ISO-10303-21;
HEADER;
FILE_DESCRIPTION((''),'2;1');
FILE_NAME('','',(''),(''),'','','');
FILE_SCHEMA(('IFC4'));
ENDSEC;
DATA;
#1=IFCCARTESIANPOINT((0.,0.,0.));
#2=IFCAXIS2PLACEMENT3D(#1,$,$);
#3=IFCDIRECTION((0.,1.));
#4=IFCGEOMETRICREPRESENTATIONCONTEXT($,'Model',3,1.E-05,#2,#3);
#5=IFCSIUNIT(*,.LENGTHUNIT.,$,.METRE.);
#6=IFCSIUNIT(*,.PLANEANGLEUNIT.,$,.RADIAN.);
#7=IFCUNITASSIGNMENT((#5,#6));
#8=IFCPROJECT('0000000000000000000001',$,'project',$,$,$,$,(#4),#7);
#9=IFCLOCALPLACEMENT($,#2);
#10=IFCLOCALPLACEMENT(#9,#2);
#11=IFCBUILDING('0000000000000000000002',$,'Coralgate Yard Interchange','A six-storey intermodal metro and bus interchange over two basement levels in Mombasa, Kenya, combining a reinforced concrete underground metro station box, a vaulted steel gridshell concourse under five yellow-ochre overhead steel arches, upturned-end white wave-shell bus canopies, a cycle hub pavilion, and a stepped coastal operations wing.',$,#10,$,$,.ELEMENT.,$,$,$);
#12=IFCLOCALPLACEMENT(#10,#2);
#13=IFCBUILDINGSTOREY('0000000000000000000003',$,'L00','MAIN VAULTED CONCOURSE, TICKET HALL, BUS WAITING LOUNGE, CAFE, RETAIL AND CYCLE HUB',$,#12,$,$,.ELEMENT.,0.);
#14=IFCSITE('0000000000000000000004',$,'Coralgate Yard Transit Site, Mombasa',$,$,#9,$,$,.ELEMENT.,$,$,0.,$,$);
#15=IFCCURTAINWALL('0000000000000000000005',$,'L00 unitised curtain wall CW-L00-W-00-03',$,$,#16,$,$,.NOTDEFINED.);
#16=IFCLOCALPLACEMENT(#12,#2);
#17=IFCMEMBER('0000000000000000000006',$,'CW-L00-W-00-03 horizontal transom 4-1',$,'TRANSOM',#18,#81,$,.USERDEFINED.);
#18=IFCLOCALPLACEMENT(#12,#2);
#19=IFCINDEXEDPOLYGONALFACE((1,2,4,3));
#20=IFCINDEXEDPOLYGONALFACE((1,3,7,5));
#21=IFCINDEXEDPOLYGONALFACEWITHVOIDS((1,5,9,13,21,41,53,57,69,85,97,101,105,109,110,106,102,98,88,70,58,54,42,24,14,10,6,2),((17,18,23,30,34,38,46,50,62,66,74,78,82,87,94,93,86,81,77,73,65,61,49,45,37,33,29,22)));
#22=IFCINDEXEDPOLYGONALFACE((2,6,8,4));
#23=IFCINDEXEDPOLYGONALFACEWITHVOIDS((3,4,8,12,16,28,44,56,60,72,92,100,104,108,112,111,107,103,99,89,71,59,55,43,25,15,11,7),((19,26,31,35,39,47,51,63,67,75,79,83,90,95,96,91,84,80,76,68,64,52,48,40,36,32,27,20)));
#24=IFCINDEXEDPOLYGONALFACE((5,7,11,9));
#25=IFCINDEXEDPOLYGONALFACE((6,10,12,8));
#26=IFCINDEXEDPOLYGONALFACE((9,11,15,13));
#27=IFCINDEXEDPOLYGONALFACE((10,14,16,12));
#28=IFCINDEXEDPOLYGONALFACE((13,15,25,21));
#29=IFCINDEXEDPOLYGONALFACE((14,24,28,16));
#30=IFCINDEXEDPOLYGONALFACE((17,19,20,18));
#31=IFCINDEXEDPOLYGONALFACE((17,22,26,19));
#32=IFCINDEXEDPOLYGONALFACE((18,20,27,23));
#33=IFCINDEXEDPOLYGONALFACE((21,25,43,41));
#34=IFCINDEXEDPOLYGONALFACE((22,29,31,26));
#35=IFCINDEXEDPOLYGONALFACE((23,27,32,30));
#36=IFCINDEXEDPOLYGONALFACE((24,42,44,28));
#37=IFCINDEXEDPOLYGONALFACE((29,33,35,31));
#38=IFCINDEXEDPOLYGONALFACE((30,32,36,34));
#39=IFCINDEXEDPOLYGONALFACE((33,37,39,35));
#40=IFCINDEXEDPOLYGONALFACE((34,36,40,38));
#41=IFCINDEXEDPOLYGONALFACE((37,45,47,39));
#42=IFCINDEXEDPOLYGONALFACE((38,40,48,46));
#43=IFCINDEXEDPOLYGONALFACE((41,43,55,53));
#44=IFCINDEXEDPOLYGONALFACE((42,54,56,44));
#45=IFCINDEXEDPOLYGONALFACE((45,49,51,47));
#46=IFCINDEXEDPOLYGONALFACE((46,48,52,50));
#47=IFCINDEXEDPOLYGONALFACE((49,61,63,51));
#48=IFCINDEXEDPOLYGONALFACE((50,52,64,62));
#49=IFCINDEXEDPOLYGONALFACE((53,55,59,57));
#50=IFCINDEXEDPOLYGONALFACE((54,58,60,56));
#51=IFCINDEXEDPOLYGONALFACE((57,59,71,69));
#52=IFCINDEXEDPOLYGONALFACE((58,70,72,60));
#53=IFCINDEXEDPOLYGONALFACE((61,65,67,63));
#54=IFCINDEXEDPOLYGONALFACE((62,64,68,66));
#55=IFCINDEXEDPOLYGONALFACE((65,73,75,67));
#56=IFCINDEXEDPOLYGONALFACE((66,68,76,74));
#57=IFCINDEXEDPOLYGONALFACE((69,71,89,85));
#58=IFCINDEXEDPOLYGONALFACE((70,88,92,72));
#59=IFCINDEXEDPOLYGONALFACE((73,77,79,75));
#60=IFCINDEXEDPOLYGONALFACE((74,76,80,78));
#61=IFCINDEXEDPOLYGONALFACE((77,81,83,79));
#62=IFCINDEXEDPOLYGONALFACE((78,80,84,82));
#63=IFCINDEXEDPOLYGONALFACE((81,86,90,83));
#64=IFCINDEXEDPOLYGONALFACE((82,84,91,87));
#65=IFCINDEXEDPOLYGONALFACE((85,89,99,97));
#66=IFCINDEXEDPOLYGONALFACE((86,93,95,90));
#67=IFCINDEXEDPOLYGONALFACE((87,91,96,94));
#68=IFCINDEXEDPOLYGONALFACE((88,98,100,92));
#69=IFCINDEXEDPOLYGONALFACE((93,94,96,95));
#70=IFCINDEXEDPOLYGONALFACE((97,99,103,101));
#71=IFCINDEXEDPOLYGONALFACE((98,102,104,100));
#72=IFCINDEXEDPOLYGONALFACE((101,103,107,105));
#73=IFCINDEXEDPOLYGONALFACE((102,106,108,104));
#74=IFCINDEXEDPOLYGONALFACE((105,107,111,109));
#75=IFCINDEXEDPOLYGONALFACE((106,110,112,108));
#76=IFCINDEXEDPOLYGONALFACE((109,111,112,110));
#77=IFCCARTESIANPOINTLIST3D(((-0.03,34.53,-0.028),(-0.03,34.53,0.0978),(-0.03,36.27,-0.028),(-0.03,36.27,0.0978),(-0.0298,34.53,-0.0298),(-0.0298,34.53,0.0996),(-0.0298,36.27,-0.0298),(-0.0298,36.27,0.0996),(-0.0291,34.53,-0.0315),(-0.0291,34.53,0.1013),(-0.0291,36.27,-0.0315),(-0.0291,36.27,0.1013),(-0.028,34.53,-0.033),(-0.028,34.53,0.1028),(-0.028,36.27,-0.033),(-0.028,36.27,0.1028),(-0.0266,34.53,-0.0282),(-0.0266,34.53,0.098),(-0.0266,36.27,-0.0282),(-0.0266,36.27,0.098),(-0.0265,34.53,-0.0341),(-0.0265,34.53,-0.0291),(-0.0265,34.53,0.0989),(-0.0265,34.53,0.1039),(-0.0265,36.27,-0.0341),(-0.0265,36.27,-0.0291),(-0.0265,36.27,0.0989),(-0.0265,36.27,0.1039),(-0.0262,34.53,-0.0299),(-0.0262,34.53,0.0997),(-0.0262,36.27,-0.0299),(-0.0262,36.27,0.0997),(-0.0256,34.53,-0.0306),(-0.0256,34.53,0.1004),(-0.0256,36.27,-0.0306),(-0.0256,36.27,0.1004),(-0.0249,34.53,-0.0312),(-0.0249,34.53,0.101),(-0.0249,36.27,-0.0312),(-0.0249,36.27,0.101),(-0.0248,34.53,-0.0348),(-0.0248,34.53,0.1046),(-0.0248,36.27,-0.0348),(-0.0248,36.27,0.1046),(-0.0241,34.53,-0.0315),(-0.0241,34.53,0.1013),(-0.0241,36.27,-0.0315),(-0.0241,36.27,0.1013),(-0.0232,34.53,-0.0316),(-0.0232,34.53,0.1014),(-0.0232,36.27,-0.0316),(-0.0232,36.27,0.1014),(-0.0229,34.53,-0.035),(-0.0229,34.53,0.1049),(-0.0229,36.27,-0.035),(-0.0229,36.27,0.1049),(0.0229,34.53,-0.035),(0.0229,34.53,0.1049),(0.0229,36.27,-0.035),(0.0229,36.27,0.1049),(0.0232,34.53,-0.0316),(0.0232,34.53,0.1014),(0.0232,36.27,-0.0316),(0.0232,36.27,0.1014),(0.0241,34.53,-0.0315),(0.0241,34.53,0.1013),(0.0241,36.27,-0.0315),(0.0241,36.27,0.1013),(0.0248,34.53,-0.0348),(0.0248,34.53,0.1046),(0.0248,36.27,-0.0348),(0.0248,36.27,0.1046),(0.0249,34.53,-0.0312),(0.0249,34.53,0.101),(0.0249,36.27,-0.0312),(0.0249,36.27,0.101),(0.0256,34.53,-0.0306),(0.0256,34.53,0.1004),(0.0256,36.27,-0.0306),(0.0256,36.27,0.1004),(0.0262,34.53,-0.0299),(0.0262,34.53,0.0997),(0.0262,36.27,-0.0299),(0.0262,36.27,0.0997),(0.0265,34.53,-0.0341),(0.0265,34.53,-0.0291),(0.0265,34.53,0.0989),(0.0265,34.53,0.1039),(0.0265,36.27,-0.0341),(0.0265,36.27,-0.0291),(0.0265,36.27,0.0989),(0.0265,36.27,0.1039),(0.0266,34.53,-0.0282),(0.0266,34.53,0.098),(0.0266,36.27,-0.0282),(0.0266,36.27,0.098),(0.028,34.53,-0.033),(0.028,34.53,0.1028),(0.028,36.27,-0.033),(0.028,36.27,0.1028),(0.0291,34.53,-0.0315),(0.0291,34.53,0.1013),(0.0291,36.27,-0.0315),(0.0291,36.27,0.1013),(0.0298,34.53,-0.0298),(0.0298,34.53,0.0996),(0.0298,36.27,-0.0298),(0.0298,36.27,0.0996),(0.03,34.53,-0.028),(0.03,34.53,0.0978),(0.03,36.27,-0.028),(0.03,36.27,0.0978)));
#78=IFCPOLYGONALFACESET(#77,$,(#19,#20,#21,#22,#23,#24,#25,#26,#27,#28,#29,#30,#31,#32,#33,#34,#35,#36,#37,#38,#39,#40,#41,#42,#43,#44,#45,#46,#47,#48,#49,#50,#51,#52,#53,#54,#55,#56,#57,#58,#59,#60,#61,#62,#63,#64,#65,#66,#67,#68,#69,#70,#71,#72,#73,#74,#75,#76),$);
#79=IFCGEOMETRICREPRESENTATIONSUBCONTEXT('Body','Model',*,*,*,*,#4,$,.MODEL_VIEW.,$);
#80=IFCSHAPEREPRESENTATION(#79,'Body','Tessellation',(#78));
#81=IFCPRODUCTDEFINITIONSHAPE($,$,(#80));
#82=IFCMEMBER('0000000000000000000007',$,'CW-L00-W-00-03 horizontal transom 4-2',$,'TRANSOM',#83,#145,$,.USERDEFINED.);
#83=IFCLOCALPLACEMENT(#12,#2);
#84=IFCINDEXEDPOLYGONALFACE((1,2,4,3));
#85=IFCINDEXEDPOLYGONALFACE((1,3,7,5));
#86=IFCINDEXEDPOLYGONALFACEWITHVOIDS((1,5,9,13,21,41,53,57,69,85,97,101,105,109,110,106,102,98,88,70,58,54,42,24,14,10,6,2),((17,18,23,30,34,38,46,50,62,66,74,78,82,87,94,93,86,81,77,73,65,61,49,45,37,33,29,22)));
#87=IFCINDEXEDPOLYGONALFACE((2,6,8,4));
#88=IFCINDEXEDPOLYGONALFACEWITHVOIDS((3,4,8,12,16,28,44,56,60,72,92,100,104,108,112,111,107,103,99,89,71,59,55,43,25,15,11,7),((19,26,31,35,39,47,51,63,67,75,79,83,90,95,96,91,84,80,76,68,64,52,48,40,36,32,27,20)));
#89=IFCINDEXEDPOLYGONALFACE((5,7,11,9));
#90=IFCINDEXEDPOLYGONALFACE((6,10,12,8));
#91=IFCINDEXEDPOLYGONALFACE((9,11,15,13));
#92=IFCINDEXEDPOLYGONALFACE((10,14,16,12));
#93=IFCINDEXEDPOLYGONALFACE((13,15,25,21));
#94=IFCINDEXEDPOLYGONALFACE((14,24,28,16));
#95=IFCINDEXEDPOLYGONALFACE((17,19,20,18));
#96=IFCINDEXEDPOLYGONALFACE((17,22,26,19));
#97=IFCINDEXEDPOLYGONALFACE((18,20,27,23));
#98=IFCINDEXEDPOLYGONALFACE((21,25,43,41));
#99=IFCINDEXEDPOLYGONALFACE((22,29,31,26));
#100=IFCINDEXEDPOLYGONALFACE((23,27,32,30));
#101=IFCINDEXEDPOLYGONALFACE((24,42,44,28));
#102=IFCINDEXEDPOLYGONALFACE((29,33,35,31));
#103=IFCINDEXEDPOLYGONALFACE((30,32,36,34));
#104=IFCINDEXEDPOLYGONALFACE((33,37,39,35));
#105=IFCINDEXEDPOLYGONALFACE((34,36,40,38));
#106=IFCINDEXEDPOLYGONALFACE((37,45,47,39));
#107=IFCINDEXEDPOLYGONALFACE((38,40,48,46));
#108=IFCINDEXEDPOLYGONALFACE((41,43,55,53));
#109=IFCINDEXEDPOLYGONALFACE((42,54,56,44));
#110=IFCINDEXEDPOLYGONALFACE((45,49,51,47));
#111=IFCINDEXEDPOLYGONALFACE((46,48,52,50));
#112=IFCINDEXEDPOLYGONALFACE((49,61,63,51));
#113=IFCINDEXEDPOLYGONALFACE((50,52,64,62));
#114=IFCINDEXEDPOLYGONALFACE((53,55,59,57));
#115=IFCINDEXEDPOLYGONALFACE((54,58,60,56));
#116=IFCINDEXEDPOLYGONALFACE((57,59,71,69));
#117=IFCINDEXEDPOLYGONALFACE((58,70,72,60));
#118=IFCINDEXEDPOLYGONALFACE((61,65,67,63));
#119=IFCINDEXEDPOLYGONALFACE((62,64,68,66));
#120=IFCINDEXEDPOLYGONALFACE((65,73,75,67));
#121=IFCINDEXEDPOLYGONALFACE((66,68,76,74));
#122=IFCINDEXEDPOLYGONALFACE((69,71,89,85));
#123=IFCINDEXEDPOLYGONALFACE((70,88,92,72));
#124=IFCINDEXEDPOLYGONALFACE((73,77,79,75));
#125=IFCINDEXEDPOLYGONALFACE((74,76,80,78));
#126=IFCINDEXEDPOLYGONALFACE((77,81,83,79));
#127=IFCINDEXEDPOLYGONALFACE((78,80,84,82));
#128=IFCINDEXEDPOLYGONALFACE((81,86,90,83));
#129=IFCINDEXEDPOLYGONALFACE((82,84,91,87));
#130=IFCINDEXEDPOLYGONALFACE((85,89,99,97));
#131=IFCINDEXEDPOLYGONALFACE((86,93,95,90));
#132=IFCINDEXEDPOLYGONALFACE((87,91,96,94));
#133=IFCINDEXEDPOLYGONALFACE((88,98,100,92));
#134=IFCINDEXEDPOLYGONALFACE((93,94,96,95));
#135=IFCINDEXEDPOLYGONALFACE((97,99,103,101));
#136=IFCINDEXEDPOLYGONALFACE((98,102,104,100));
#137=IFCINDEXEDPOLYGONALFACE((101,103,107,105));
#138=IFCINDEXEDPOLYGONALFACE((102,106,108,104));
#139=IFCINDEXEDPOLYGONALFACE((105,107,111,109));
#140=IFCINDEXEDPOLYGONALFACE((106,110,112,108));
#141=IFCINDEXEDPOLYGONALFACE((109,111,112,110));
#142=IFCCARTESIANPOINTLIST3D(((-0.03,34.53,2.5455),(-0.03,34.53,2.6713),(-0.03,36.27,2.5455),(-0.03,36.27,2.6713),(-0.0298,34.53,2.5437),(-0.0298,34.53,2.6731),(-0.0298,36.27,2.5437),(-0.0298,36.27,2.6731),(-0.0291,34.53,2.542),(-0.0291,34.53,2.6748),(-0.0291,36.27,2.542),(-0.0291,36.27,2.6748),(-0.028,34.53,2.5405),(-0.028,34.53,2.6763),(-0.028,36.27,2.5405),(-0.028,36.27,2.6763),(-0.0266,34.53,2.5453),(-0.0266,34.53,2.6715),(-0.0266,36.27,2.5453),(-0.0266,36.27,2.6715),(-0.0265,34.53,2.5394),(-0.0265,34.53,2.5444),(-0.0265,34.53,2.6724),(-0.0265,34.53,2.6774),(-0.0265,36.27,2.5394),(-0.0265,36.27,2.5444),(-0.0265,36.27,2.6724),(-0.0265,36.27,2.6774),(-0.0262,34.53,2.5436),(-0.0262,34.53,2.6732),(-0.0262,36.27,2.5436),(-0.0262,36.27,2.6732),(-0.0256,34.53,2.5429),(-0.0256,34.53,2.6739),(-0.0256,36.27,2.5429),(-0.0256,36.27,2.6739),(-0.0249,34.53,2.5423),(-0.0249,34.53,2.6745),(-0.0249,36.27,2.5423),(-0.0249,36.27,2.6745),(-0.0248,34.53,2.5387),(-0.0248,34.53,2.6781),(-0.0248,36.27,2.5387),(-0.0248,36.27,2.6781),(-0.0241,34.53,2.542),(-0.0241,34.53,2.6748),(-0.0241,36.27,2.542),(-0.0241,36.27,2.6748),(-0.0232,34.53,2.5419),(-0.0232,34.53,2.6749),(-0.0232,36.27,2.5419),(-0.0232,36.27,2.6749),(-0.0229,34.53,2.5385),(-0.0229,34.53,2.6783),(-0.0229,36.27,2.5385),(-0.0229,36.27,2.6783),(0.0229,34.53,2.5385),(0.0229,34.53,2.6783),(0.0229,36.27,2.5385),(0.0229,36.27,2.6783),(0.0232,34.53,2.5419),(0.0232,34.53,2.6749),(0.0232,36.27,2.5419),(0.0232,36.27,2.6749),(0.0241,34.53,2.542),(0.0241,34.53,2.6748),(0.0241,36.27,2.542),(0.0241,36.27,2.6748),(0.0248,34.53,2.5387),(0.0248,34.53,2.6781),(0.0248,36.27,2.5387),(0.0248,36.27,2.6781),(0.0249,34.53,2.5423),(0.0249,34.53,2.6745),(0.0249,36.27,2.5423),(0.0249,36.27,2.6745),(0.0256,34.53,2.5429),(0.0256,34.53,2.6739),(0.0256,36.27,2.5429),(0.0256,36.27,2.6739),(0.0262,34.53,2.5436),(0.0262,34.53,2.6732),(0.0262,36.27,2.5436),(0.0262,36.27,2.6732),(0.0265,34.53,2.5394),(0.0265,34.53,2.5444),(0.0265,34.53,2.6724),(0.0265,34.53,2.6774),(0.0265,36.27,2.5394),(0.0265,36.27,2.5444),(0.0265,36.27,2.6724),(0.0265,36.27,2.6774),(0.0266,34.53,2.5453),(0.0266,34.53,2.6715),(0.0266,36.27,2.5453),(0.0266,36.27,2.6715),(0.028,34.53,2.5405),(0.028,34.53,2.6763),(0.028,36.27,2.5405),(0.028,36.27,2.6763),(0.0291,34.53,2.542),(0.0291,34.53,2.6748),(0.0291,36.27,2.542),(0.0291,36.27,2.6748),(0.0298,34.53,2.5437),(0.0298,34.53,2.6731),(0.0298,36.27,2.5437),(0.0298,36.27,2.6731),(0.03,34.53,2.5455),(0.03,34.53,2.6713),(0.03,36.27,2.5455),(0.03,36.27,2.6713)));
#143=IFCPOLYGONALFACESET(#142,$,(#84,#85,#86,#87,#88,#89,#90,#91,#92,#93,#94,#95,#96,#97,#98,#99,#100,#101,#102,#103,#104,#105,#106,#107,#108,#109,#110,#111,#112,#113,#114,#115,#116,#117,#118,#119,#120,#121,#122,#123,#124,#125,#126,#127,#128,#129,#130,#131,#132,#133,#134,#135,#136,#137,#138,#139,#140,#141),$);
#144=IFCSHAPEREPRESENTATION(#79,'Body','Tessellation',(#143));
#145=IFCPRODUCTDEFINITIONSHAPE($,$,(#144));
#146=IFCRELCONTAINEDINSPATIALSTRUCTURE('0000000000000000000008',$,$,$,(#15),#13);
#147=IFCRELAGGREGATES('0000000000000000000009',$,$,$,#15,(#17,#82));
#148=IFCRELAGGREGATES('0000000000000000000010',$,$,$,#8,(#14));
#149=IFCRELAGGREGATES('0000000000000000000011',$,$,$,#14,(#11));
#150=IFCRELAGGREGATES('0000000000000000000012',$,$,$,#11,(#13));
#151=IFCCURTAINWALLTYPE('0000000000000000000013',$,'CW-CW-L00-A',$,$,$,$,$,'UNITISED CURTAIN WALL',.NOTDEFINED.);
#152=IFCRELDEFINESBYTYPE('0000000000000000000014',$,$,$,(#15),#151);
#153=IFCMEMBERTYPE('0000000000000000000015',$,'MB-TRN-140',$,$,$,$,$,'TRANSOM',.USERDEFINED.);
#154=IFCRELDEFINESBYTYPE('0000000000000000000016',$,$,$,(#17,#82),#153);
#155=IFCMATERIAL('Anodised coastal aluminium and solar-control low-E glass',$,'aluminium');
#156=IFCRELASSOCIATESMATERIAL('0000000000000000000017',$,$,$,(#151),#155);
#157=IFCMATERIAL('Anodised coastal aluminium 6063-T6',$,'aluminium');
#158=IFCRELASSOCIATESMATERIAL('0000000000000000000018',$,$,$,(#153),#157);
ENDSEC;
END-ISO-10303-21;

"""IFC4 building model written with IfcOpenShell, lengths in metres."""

from ifc_helpers import new_model, si_unit, direction, frame, origin, origin_2d, place, context, subcontext, project, spatial, hollow_rectangle, extrude, material, material_profile, profile_set, type_object, element, aggregate, save


model = new_model("IFC4")

# Units and contexts
model_context = context("Model", 3, precision=1e-05, world=origin(), true_north=direction((0.0, 1.0)))
body_context = subcontext(model_context, "Body", "Model", "MODEL_VIEW")
ifc_project = project(units=[si_unit("LENGTHUNIT", "METRE"), si_unit("PLANEANGLEUNIT", "RADIAN")], contexts=[model_context])

# Site, building, storey
site_placement = place(None, origin())
site = spatial("IfcSite", under=ifc_project, at=site_placement, Name="Coralgate Yard Transit Site, Mombasa", CompositionType="ELEMENT", RefElevation=0.0)
building_placement = place(site_placement, origin())
building = spatial("IfcBuilding", under=site, at=building_placement, Name="Coralgate Yard Interchange", Description="A six-storey intermodal metro and bus interchange over two basement levels in Mombasa, Kenya, combining a reinforced concrete underground metro station box, a vaulted steel gridshell concourse under five yellow-ochre overhead steel arches, upturned-end white wave-shell bus canopies, a cycle hub pavilion, and a stepped coastal operations wing.", CompositionType="ELEMENT")
storey_placement = place(building_placement, origin())
storey = spatial("IfcBuildingStorey", under=building, at=storey_placement, Name="L00", Description="MAIN VAULTED CONCOURSE, TICKET HALL, BUS WAITING LOUNGE, CAFE, RETAIL AND CYCLE HUB", CompositionType="ELEMENT", Elevation=0.0)

# Curtain wall, members
ifc_material_1 = material(Name="Anodised coastal aluminium and solar-control low-E glass", Category="aluminium")
curtain_wall_type = type_object("IfcCurtainWallType", Name="CW-CW-L00-A", ElementType="UNITISED CURTAIN WALL", PredefinedType="NOTDEFINED", material=ifc_material_1)
curtain_wall_placement = place(storey_placement, origin())
curtain_wall = element("IfcCurtainWall", 1, at=curtain_wall_placement, inside=storey, type_object=curtain_wall_type, Name="L00 unitised curtain wall CW-L00-W-00-03", PredefinedType="NOTDEFINED")
ifc_material_2 = material(Name="Anodised coastal aluminium 6063-T6", Category="aluminium")
ifc_material_profile_1 = material_profile(ifc_material_2, hollow_rectangle(XDim=0.0601, YDim=0.1399, WallThickness=0.0034, InnerFilletRadius=0.0034, OuterFilletRadius=0.0071, at=origin_2d()), Name="ALU 60x140x3.5")
ifc_profile_set_1 = profile_set([ifc_material_profile_1], Name="Anodised coastal aluminium 6063-T6")
member_type_1 = type_object("IfcMemberType", Name="MB-TRN-140", ElementType="TRANSOM", PredefinedType="USERDEFINED", material=ifc_profile_set_1)
member_1_placement = place(storey_placement, frame((0.0, 34.53, 0.0349), z_axis=(0.0, 1.0, 0.0), x_axis=(-1.0, 0.0, 0.0)))
member_1 = element("IfcMember", 2, at=member_1_placement, type_object=member_type_1, Name="CW-L00-W-00-03 horizontal transom 4-1", ObjectType="TRANSOM", PredefinedType="USERDEFINED", context=body_context, shape_type="SweptSolid", body=[
    extrude(hollow_rectangle(XDim=0.0601, YDim=0.1399, WallThickness=0.0034, InnerFilletRadius=0.0034, OuterFilletRadius=0.0071, at=origin_2d()), origin(), (0.0, 0.0, 1.0), 1.74),
])
member_2_placement = place(storey_placement, frame((0.0, 34.53, 2.6084), z_axis=(0.0, 1.0, 0.0), x_axis=(-1.0, 0.0, 0.0)))
member_2 = element("IfcMember", 3, at=member_2_placement, type_object=member_type_1, Name="CW-L00-W-00-03 horizontal transom 4-2", ObjectType="TRANSOM", PredefinedType="USERDEFINED", context=body_context, shape_type="SweptSolid", body=[
    extrude(hollow_rectangle(XDim=0.0601, YDim=0.1399, WallThickness=0.0034, InnerFilletRadius=0.0034, OuterFilletRadius=0.0071, at=origin_2d()), origin(), (0.0, 0.0, 1.0), 1.74),
])
aggregate(curtain_wall, [member_1, member_2])

save(model, "model.ifc")
